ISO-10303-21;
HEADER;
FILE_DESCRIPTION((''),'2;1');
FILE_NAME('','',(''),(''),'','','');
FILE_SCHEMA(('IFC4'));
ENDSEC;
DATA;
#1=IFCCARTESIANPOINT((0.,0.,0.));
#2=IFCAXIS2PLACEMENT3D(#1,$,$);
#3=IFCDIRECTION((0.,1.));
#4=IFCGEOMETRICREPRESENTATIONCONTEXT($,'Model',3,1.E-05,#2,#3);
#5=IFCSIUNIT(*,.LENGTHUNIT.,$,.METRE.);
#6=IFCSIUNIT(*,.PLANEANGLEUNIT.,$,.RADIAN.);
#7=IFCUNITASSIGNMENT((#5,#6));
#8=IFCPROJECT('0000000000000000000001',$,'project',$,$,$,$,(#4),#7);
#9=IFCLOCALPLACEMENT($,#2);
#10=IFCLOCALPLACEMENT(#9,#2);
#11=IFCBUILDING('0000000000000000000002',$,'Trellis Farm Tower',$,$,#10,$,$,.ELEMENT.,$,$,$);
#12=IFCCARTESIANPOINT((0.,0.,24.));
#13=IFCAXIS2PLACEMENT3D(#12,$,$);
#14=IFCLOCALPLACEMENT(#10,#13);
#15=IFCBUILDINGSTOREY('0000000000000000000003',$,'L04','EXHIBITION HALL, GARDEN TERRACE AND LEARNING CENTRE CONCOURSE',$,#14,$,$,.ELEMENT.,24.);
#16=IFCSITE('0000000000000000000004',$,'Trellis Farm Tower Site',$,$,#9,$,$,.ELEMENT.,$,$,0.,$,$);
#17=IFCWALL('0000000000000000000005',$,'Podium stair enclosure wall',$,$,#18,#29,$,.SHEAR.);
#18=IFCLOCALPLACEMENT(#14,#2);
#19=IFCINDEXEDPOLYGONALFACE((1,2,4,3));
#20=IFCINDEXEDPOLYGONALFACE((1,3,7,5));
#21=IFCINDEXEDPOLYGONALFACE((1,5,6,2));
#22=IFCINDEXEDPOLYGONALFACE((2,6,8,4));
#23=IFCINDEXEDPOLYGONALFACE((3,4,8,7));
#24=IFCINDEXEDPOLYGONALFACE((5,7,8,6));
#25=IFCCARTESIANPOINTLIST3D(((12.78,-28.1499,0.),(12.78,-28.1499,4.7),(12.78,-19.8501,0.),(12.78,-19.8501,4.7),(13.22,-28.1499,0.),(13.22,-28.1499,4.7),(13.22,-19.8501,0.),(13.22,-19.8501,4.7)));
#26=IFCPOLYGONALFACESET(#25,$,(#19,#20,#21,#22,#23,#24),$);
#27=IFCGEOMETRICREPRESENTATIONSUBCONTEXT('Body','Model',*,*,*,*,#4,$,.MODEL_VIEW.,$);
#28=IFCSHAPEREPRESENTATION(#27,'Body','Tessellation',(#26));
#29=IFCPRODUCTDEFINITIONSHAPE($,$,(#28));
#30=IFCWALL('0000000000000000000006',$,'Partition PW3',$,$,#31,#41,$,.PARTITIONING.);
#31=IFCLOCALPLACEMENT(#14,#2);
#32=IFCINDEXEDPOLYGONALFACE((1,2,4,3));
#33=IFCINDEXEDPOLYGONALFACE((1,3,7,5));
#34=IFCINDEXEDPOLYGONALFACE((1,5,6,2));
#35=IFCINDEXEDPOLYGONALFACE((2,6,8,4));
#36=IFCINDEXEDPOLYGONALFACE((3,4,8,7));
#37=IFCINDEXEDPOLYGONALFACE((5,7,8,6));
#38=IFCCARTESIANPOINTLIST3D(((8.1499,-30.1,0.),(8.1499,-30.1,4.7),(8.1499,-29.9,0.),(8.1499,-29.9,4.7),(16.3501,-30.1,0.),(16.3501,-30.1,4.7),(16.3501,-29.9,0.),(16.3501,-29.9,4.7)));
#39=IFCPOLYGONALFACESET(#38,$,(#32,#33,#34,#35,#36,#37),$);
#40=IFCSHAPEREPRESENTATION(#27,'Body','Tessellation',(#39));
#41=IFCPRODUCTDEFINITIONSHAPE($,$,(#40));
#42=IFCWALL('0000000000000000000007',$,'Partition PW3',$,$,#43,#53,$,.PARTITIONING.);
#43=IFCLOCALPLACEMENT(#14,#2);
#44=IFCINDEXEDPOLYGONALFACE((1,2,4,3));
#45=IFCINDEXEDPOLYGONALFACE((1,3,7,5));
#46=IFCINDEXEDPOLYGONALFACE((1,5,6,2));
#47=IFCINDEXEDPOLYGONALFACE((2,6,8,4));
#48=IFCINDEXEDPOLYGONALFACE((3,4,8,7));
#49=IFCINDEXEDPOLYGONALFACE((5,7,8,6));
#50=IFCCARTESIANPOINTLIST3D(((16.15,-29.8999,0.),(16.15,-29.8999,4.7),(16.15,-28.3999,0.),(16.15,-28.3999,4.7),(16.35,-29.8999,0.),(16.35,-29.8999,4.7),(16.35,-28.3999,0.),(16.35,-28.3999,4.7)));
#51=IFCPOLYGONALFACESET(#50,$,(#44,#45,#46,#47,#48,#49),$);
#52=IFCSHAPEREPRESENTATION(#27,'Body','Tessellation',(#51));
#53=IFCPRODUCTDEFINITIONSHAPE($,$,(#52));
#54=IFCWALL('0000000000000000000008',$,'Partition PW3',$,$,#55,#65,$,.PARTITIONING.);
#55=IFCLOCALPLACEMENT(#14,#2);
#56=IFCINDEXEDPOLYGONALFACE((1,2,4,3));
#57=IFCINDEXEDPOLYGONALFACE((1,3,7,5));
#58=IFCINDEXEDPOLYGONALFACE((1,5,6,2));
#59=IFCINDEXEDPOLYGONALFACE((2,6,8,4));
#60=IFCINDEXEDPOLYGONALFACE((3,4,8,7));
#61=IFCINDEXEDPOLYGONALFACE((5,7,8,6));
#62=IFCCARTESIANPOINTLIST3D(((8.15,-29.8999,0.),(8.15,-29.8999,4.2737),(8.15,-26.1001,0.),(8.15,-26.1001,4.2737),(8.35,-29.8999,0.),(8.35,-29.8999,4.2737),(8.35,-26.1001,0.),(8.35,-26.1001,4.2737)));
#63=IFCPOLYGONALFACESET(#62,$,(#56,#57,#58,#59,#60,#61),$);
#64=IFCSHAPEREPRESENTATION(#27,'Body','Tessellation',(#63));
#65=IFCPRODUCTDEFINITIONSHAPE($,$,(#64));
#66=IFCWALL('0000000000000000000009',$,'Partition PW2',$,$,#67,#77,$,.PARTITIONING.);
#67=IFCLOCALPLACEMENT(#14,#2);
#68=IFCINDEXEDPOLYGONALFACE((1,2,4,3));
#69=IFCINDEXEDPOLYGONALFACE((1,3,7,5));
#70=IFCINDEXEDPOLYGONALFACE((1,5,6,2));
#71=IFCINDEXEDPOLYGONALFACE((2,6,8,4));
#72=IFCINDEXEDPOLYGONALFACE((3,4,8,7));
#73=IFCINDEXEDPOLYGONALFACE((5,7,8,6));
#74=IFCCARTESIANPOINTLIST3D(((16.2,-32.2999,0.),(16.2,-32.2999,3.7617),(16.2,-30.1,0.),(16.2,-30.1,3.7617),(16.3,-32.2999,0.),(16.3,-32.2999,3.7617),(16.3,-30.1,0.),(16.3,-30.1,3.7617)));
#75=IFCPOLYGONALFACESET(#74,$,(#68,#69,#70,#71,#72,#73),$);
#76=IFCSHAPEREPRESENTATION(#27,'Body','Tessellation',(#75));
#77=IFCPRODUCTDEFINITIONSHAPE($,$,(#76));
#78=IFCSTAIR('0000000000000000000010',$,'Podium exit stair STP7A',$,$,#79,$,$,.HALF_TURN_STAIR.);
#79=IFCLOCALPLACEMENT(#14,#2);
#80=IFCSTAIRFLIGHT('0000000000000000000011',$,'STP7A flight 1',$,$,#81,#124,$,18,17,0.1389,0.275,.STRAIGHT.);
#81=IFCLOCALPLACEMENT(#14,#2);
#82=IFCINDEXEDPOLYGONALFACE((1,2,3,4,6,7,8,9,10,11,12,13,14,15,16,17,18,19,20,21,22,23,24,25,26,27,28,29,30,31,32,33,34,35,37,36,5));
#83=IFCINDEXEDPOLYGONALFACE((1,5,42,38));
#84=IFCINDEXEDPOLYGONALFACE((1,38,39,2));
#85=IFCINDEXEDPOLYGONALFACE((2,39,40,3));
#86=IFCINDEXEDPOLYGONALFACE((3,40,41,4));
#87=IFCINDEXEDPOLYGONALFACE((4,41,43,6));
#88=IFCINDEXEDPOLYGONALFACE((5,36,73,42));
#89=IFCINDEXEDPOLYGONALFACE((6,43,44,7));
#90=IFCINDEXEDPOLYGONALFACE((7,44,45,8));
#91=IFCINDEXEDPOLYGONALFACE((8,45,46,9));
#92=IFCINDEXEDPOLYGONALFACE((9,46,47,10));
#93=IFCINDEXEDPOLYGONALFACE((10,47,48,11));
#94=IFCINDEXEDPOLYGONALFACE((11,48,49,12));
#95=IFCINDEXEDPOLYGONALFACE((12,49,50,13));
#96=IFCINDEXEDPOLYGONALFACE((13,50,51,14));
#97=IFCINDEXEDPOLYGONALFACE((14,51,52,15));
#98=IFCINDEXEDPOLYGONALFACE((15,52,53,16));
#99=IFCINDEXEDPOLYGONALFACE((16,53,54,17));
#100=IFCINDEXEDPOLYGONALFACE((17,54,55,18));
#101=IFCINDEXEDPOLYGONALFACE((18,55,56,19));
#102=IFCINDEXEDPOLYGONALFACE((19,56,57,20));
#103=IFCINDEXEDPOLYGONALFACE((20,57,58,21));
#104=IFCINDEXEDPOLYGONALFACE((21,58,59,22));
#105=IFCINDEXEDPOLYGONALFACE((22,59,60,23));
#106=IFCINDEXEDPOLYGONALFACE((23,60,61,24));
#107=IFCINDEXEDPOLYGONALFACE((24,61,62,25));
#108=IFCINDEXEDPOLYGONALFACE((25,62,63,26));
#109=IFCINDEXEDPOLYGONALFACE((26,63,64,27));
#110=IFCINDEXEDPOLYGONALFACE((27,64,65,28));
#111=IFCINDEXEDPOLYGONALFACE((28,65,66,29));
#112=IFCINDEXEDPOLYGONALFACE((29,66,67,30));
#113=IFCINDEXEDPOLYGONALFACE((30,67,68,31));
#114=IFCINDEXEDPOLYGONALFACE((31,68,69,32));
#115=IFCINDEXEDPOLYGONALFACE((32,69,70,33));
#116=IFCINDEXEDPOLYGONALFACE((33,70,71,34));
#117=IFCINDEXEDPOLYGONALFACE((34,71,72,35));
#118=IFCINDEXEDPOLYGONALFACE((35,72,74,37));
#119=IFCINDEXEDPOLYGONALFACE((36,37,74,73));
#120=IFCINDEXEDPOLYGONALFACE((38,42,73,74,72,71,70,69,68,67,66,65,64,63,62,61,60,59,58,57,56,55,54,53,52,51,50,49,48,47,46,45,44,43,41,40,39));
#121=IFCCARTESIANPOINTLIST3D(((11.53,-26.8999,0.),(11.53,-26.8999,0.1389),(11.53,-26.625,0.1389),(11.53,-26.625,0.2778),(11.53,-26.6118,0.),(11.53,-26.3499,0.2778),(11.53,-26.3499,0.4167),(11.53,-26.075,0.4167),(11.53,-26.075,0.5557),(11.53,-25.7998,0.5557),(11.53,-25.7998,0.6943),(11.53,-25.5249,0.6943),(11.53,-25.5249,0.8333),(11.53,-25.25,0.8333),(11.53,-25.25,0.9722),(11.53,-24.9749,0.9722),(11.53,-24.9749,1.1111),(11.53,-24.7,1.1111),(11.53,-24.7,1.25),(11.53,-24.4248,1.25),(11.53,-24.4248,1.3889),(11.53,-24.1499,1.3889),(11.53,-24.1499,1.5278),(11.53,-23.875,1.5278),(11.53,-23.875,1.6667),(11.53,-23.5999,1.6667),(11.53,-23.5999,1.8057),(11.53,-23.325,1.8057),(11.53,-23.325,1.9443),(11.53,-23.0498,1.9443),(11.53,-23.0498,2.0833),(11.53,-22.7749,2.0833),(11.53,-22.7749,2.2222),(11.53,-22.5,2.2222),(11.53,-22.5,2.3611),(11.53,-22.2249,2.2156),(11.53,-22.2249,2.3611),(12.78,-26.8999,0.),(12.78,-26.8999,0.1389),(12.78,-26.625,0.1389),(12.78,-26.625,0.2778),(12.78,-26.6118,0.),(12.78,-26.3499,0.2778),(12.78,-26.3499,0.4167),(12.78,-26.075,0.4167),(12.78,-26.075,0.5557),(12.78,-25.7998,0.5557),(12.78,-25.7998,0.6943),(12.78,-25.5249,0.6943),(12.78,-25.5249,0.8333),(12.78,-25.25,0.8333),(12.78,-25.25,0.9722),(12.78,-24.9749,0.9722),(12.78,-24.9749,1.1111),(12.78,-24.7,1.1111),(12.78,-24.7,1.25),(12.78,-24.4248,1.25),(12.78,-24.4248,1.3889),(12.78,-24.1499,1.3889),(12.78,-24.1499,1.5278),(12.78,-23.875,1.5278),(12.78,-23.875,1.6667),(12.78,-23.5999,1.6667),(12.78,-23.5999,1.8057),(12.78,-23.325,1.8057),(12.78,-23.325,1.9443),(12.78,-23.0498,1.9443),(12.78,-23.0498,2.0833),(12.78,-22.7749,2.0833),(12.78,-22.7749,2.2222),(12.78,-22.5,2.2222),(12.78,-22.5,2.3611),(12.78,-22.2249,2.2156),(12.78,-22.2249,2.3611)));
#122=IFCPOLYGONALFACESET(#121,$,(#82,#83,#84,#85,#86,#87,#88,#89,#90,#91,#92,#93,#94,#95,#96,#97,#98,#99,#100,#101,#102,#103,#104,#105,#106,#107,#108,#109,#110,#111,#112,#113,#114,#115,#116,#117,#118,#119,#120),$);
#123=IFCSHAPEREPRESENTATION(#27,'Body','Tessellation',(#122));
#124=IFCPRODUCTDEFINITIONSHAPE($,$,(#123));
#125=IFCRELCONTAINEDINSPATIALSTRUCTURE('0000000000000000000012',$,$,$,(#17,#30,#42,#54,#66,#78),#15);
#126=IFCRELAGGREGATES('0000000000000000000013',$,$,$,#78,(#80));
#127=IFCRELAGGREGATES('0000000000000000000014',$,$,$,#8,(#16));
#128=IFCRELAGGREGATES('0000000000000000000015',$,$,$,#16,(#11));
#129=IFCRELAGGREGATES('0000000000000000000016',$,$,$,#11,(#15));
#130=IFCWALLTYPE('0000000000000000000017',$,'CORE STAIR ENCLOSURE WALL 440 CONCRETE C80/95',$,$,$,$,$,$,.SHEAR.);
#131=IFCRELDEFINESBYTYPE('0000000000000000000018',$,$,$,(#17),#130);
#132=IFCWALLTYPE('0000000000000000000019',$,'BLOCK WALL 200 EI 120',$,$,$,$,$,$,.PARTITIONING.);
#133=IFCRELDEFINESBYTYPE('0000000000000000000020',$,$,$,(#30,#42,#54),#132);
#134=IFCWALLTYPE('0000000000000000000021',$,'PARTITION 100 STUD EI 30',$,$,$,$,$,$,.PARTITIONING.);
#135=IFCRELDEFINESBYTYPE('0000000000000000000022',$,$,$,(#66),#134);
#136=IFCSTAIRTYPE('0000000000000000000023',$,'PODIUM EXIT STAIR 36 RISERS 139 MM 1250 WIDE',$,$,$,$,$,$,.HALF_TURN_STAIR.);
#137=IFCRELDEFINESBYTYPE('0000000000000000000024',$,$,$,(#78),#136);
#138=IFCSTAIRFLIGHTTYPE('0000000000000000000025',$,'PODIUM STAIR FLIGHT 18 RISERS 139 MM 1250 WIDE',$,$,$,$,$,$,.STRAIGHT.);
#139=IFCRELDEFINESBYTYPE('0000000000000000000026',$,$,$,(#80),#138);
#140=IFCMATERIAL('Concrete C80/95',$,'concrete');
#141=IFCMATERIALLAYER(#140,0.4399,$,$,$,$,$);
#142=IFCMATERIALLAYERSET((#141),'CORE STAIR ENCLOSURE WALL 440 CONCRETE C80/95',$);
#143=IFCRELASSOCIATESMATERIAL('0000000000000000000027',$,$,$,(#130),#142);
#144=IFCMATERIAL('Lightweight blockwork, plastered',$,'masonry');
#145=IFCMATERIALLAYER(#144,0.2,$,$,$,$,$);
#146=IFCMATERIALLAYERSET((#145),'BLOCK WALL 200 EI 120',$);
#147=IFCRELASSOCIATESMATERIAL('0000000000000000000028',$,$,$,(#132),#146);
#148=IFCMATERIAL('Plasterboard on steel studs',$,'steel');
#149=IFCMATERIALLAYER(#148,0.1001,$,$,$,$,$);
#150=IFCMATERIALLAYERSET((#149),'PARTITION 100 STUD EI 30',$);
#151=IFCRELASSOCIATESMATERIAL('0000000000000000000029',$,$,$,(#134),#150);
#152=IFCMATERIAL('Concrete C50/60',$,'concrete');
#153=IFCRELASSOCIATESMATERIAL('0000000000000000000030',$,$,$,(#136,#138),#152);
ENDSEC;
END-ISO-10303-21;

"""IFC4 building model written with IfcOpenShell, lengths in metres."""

from ifc_helpers import new_model, si_unit, direction, frame, frame_2d, origin, place, context, subcontext, project, spatial, polyline, rectangle, outline, extrude, source, transform, mapped, material, layer, layer_set, type_object, element, aggregate, save


model = new_model("IFC4")

# Units and contexts
model_context = context("Model", 3, precision=1e-05, world=origin(), true_north=direction((0.0, 1.0)))
body_context = subcontext(model_context, "Body", "Model", "MODEL_VIEW")
ifc_project = project(units=[si_unit("LENGTHUNIT", "METRE"), si_unit("PLANEANGLEUNIT", "RADIAN")], contexts=[model_context])

# Site, building, storey
site_placement = place(None, origin())
site = spatial("IfcSite", under=ifc_project, at=site_placement, Name="Trellis Farm Tower Site", CompositionType="ELEMENT", RefElevation=0.0)
building_placement = place(site_placement, origin())
building = spatial("IfcBuilding", under=site, at=building_placement, Name="Trellis Farm Tower", CompositionType="ELEMENT")
storey_placement = place(building_placement, frame((0.0, 0.0, 24.0)))
storey = spatial("IfcBuildingStorey", under=building, at=storey_placement, Name="L04", Description="EXHIBITION HALL, GARDEN TERRACE AND LEARNING CENTRE CONCOURSE", CompositionType="ELEMENT", Elevation=24.0)

# Shared definitions
ifc_material_1 = material(Name="Concrete C80/95", Category="concrete")

# Walls
ifc_layer_1 = layer(ifc_material_1, 0.4399)
ifc_layer_set_1 = layer_set([ifc_layer_1], Name="CORE STAIR ENCLOSURE WALL 440 CONCRETE C80/95")
wall_type_1 = type_object("IfcWallType", Name="CORE STAIR ENCLOSURE WALL 440 CONCRETE C80/95", PredefinedType="SHEAR", material=ifc_layer_set_1)
shared_shape_1 = source(origin(), body_context, "Body", "SweptSolid", [
    extrude(rectangle(XDim=8.2998, YDim=0.4399, at=frame_2d((4.1499, 0.0))), origin(), (0.0, 0.0, 1.0), 4.7),
])
wall_1_placement = place(storey_placement, frame((13.0, -28.1499, 0.0), z_axis=(0.0, 0.0, 1.0), x_axis=(0.0, 1.0, 0.0)))
element("IfcWall", 1, at=wall_1_placement, inside=storey, type_object=wall_type_1, Name="Podium stair enclosure wall", PredefinedType="SHEAR", context=body_context, shape_type="MappedRepresentation", body=[
    mapped(shared_shape_1, transform((0.0, 0.0, 0.0))),
])
ifc_material_2 = material(Name="Lightweight blockwork, plastered", Category="masonry")
ifc_layer_2 = layer(ifc_material_2, 0.2)
ifc_layer_set_2 = layer_set([ifc_layer_2], Name="BLOCK WALL 200 EI 120")
wall_type_2 = type_object("IfcWallType", Name="BLOCK WALL 200 EI 120", PredefinedType="PARTITIONING", material=ifc_layer_set_2)
shared_shape_2 = source(origin(), body_context, "Body", "SweptSolid", [
    extrude(rectangle(XDim=8.2002, YDim=0.2, at=frame_2d((4.1001, 0.0))), origin(), (0.0, 0.0, 1.0), 4.7),
])
wall_2_placement = place(storey_placement, frame((8.1499, -30.0, 0.0), z_axis=(0.0, 0.0, 1.0), x_axis=(1.0, 0.0, 0.0)))
element("IfcWall", 2, at=wall_2_placement, inside=storey, type_object=wall_type_2, Name="Partition PW3", PredefinedType="PARTITIONING", context=body_context, shape_type="MappedRepresentation", body=[
    mapped(shared_shape_2, transform((0.0, 0.0, 0.0))),
])
shared_shape_3 = source(origin(), body_context, "Body", "SweptSolid", [
    extrude(rectangle(XDim=1.5, YDim=0.2, at=frame_2d((0.75, 0.0))), origin(), (0.0, 0.0, 1.0), 4.7),
])
wall_3_placement = place(storey_placement, frame((16.25, -28.3999, 0.0), z_axis=(0.0, 0.0, 1.0), x_axis=(0.0, -1.0, 0.0)))
element("IfcWall", 3, at=wall_3_placement, inside=storey, type_object=wall_type_2, Name="Partition PW3", PredefinedType="PARTITIONING", context=body_context, shape_type="MappedRepresentation", body=[
    mapped(shared_shape_3, transform((0.0, 0.0, 0.0))),
])
shared_shape_4 = source(origin(), body_context, "Body", "SweptSolid", [
    extrude(rectangle(XDim=3.7998, YDim=0.2, at=frame_2d((1.8999, 0.0))), origin(), (0.0, 0.0, 1.0), 4.2737),
])
wall_4_placement = place(storey_placement, frame((8.25, -29.8999, 0.0), z_axis=(0.0, 0.0, 1.0), x_axis=(0.0, 1.0, 0.0)))
element("IfcWall", 4, at=wall_4_placement, inside=storey, type_object=wall_type_2, Name="Partition PW3", PredefinedType="PARTITIONING", context=body_context, shape_type="MappedRepresentation", body=[
    mapped(shared_shape_4, transform((0.0, 0.0, 0.0))),
])
ifc_material_3 = material(Name="Plasterboard on steel studs", Category="steel")
ifc_layer_3 = layer(ifc_material_3, 0.1001)
ifc_layer_set_3 = layer_set([ifc_layer_3], Name="PARTITION 100 STUD EI 30")
wall_type_3 = type_object("IfcWallType", Name="PARTITION 100 STUD EI 30", PredefinedType="PARTITIONING", material=ifc_layer_set_3)
shared_shape_5 = source(origin(), body_context, "Body", "SweptSolid", [
    extrude(rectangle(XDim=2.2, YDim=0.1001, at=frame_2d((1.1001, 0.0))), origin(), (0.0, 0.0, 1.0), 3.7617),
])
wall_5_placement = place(storey_placement, frame((16.25, -32.3, 0.0), z_axis=(0.0, 0.0, 1.0), x_axis=(0.0, 1.0, 0.0)))
element("IfcWall", 5, at=wall_5_placement, inside=storey, type_object=wall_type_3, Name="Partition PW2", PredefinedType="PARTITIONING", context=body_context, shape_type="MappedRepresentation", body=[
    mapped(shared_shape_5, transform((0.0, 0.0, 0.0))),
])

# Stair, stair flight
ifc_material_4 = material(Name="Concrete C50/60", Category="concrete")
stair_type = type_object("IfcStairType", Name="PODIUM EXIT STAIR 36 RISERS 139 MM 1250 WIDE", PredefinedType="HALF_TURN_STAIR", material=ifc_material_4)
stair_placement = place(storey_placement, origin())
stair = element("IfcStair", 6, at=stair_placement, inside=storey, type_object=stair_type, Name="Podium exit stair STP7A", PredefinedType="HALF_TURN_STAIR")
stair_flight_type = type_object("IfcStairFlightType", Name="PODIUM STAIR FLIGHT 18 RISERS 139 MM 1250 WIDE", PredefinedType="STRAIGHT", material=ifc_material_4)
shared_shape_6 = source(origin(), body_context, "Body", "SweptSolid", [
    extrude(outline(polyline([(0.0, 0.0), (0.0, 0.1389), (0.2749, 0.1389), (0.2749, 0.2778), (0.55, 0.2778), (0.55, 0.4167), (0.825, 0.4167), (0.825, 0.5557), (1.1001, 0.5557), (1.1001, 0.6943), (1.375, 0.6943), (1.375, 0.8333), (1.6499, 0.8333), (1.6499, 0.9722), (1.925, 0.9722), (1.925, 1.1111), (2.2, 1.1111), (2.2, 1.25), (2.4751, 1.25), (2.4751, 1.3889), (2.75, 1.3889), (2.75, 1.5278), (3.0249, 1.5278), (3.0249, 1.6667), (3.3, 1.6667), (3.3, 1.8057), (3.575, 1.8057), (3.575, 1.9443), (3.8501, 1.9443), (3.8501, 2.0833), (4.125, 2.0833), (4.125, 2.2222), (4.3999, 2.2222), (4.3999, 2.3611), (4.675, 2.3611), (4.675, 2.5), (4.675, 2.2156), (0.2881, 0.0), (0.0, 0.0)])), frame((0.0, 0.625, 0.0), z_axis=(0.0, -1.0, 0.0), x_axis=(1.0, 0.0, 0.0)), (0.0, 0.0, 1.0), 1.25),
])
stair_flight_placement = place(storey_placement, frame((12.155, -26.8999, 0.0), z_axis=(0.0, 0.0, 1.0), x_axis=(0.0, 1.0, 0.0)))
stair_flight = element("IfcStairFlight", 7, at=stair_flight_placement, type_object=stair_flight_type, Name="STP7A flight 1", NumberOfRisers=18, NumberOfTreads=17, PredefinedType="STRAIGHT", RiserHeight=0.1389, TreadLength=0.275, context=body_context, shape_type="MappedRepresentation", body=[
    mapped(shared_shape_6, transform((0.0, 0.0, 0.0))),
])
aggregate(stair, [stair_flight])

save(model, "model.ifc")
